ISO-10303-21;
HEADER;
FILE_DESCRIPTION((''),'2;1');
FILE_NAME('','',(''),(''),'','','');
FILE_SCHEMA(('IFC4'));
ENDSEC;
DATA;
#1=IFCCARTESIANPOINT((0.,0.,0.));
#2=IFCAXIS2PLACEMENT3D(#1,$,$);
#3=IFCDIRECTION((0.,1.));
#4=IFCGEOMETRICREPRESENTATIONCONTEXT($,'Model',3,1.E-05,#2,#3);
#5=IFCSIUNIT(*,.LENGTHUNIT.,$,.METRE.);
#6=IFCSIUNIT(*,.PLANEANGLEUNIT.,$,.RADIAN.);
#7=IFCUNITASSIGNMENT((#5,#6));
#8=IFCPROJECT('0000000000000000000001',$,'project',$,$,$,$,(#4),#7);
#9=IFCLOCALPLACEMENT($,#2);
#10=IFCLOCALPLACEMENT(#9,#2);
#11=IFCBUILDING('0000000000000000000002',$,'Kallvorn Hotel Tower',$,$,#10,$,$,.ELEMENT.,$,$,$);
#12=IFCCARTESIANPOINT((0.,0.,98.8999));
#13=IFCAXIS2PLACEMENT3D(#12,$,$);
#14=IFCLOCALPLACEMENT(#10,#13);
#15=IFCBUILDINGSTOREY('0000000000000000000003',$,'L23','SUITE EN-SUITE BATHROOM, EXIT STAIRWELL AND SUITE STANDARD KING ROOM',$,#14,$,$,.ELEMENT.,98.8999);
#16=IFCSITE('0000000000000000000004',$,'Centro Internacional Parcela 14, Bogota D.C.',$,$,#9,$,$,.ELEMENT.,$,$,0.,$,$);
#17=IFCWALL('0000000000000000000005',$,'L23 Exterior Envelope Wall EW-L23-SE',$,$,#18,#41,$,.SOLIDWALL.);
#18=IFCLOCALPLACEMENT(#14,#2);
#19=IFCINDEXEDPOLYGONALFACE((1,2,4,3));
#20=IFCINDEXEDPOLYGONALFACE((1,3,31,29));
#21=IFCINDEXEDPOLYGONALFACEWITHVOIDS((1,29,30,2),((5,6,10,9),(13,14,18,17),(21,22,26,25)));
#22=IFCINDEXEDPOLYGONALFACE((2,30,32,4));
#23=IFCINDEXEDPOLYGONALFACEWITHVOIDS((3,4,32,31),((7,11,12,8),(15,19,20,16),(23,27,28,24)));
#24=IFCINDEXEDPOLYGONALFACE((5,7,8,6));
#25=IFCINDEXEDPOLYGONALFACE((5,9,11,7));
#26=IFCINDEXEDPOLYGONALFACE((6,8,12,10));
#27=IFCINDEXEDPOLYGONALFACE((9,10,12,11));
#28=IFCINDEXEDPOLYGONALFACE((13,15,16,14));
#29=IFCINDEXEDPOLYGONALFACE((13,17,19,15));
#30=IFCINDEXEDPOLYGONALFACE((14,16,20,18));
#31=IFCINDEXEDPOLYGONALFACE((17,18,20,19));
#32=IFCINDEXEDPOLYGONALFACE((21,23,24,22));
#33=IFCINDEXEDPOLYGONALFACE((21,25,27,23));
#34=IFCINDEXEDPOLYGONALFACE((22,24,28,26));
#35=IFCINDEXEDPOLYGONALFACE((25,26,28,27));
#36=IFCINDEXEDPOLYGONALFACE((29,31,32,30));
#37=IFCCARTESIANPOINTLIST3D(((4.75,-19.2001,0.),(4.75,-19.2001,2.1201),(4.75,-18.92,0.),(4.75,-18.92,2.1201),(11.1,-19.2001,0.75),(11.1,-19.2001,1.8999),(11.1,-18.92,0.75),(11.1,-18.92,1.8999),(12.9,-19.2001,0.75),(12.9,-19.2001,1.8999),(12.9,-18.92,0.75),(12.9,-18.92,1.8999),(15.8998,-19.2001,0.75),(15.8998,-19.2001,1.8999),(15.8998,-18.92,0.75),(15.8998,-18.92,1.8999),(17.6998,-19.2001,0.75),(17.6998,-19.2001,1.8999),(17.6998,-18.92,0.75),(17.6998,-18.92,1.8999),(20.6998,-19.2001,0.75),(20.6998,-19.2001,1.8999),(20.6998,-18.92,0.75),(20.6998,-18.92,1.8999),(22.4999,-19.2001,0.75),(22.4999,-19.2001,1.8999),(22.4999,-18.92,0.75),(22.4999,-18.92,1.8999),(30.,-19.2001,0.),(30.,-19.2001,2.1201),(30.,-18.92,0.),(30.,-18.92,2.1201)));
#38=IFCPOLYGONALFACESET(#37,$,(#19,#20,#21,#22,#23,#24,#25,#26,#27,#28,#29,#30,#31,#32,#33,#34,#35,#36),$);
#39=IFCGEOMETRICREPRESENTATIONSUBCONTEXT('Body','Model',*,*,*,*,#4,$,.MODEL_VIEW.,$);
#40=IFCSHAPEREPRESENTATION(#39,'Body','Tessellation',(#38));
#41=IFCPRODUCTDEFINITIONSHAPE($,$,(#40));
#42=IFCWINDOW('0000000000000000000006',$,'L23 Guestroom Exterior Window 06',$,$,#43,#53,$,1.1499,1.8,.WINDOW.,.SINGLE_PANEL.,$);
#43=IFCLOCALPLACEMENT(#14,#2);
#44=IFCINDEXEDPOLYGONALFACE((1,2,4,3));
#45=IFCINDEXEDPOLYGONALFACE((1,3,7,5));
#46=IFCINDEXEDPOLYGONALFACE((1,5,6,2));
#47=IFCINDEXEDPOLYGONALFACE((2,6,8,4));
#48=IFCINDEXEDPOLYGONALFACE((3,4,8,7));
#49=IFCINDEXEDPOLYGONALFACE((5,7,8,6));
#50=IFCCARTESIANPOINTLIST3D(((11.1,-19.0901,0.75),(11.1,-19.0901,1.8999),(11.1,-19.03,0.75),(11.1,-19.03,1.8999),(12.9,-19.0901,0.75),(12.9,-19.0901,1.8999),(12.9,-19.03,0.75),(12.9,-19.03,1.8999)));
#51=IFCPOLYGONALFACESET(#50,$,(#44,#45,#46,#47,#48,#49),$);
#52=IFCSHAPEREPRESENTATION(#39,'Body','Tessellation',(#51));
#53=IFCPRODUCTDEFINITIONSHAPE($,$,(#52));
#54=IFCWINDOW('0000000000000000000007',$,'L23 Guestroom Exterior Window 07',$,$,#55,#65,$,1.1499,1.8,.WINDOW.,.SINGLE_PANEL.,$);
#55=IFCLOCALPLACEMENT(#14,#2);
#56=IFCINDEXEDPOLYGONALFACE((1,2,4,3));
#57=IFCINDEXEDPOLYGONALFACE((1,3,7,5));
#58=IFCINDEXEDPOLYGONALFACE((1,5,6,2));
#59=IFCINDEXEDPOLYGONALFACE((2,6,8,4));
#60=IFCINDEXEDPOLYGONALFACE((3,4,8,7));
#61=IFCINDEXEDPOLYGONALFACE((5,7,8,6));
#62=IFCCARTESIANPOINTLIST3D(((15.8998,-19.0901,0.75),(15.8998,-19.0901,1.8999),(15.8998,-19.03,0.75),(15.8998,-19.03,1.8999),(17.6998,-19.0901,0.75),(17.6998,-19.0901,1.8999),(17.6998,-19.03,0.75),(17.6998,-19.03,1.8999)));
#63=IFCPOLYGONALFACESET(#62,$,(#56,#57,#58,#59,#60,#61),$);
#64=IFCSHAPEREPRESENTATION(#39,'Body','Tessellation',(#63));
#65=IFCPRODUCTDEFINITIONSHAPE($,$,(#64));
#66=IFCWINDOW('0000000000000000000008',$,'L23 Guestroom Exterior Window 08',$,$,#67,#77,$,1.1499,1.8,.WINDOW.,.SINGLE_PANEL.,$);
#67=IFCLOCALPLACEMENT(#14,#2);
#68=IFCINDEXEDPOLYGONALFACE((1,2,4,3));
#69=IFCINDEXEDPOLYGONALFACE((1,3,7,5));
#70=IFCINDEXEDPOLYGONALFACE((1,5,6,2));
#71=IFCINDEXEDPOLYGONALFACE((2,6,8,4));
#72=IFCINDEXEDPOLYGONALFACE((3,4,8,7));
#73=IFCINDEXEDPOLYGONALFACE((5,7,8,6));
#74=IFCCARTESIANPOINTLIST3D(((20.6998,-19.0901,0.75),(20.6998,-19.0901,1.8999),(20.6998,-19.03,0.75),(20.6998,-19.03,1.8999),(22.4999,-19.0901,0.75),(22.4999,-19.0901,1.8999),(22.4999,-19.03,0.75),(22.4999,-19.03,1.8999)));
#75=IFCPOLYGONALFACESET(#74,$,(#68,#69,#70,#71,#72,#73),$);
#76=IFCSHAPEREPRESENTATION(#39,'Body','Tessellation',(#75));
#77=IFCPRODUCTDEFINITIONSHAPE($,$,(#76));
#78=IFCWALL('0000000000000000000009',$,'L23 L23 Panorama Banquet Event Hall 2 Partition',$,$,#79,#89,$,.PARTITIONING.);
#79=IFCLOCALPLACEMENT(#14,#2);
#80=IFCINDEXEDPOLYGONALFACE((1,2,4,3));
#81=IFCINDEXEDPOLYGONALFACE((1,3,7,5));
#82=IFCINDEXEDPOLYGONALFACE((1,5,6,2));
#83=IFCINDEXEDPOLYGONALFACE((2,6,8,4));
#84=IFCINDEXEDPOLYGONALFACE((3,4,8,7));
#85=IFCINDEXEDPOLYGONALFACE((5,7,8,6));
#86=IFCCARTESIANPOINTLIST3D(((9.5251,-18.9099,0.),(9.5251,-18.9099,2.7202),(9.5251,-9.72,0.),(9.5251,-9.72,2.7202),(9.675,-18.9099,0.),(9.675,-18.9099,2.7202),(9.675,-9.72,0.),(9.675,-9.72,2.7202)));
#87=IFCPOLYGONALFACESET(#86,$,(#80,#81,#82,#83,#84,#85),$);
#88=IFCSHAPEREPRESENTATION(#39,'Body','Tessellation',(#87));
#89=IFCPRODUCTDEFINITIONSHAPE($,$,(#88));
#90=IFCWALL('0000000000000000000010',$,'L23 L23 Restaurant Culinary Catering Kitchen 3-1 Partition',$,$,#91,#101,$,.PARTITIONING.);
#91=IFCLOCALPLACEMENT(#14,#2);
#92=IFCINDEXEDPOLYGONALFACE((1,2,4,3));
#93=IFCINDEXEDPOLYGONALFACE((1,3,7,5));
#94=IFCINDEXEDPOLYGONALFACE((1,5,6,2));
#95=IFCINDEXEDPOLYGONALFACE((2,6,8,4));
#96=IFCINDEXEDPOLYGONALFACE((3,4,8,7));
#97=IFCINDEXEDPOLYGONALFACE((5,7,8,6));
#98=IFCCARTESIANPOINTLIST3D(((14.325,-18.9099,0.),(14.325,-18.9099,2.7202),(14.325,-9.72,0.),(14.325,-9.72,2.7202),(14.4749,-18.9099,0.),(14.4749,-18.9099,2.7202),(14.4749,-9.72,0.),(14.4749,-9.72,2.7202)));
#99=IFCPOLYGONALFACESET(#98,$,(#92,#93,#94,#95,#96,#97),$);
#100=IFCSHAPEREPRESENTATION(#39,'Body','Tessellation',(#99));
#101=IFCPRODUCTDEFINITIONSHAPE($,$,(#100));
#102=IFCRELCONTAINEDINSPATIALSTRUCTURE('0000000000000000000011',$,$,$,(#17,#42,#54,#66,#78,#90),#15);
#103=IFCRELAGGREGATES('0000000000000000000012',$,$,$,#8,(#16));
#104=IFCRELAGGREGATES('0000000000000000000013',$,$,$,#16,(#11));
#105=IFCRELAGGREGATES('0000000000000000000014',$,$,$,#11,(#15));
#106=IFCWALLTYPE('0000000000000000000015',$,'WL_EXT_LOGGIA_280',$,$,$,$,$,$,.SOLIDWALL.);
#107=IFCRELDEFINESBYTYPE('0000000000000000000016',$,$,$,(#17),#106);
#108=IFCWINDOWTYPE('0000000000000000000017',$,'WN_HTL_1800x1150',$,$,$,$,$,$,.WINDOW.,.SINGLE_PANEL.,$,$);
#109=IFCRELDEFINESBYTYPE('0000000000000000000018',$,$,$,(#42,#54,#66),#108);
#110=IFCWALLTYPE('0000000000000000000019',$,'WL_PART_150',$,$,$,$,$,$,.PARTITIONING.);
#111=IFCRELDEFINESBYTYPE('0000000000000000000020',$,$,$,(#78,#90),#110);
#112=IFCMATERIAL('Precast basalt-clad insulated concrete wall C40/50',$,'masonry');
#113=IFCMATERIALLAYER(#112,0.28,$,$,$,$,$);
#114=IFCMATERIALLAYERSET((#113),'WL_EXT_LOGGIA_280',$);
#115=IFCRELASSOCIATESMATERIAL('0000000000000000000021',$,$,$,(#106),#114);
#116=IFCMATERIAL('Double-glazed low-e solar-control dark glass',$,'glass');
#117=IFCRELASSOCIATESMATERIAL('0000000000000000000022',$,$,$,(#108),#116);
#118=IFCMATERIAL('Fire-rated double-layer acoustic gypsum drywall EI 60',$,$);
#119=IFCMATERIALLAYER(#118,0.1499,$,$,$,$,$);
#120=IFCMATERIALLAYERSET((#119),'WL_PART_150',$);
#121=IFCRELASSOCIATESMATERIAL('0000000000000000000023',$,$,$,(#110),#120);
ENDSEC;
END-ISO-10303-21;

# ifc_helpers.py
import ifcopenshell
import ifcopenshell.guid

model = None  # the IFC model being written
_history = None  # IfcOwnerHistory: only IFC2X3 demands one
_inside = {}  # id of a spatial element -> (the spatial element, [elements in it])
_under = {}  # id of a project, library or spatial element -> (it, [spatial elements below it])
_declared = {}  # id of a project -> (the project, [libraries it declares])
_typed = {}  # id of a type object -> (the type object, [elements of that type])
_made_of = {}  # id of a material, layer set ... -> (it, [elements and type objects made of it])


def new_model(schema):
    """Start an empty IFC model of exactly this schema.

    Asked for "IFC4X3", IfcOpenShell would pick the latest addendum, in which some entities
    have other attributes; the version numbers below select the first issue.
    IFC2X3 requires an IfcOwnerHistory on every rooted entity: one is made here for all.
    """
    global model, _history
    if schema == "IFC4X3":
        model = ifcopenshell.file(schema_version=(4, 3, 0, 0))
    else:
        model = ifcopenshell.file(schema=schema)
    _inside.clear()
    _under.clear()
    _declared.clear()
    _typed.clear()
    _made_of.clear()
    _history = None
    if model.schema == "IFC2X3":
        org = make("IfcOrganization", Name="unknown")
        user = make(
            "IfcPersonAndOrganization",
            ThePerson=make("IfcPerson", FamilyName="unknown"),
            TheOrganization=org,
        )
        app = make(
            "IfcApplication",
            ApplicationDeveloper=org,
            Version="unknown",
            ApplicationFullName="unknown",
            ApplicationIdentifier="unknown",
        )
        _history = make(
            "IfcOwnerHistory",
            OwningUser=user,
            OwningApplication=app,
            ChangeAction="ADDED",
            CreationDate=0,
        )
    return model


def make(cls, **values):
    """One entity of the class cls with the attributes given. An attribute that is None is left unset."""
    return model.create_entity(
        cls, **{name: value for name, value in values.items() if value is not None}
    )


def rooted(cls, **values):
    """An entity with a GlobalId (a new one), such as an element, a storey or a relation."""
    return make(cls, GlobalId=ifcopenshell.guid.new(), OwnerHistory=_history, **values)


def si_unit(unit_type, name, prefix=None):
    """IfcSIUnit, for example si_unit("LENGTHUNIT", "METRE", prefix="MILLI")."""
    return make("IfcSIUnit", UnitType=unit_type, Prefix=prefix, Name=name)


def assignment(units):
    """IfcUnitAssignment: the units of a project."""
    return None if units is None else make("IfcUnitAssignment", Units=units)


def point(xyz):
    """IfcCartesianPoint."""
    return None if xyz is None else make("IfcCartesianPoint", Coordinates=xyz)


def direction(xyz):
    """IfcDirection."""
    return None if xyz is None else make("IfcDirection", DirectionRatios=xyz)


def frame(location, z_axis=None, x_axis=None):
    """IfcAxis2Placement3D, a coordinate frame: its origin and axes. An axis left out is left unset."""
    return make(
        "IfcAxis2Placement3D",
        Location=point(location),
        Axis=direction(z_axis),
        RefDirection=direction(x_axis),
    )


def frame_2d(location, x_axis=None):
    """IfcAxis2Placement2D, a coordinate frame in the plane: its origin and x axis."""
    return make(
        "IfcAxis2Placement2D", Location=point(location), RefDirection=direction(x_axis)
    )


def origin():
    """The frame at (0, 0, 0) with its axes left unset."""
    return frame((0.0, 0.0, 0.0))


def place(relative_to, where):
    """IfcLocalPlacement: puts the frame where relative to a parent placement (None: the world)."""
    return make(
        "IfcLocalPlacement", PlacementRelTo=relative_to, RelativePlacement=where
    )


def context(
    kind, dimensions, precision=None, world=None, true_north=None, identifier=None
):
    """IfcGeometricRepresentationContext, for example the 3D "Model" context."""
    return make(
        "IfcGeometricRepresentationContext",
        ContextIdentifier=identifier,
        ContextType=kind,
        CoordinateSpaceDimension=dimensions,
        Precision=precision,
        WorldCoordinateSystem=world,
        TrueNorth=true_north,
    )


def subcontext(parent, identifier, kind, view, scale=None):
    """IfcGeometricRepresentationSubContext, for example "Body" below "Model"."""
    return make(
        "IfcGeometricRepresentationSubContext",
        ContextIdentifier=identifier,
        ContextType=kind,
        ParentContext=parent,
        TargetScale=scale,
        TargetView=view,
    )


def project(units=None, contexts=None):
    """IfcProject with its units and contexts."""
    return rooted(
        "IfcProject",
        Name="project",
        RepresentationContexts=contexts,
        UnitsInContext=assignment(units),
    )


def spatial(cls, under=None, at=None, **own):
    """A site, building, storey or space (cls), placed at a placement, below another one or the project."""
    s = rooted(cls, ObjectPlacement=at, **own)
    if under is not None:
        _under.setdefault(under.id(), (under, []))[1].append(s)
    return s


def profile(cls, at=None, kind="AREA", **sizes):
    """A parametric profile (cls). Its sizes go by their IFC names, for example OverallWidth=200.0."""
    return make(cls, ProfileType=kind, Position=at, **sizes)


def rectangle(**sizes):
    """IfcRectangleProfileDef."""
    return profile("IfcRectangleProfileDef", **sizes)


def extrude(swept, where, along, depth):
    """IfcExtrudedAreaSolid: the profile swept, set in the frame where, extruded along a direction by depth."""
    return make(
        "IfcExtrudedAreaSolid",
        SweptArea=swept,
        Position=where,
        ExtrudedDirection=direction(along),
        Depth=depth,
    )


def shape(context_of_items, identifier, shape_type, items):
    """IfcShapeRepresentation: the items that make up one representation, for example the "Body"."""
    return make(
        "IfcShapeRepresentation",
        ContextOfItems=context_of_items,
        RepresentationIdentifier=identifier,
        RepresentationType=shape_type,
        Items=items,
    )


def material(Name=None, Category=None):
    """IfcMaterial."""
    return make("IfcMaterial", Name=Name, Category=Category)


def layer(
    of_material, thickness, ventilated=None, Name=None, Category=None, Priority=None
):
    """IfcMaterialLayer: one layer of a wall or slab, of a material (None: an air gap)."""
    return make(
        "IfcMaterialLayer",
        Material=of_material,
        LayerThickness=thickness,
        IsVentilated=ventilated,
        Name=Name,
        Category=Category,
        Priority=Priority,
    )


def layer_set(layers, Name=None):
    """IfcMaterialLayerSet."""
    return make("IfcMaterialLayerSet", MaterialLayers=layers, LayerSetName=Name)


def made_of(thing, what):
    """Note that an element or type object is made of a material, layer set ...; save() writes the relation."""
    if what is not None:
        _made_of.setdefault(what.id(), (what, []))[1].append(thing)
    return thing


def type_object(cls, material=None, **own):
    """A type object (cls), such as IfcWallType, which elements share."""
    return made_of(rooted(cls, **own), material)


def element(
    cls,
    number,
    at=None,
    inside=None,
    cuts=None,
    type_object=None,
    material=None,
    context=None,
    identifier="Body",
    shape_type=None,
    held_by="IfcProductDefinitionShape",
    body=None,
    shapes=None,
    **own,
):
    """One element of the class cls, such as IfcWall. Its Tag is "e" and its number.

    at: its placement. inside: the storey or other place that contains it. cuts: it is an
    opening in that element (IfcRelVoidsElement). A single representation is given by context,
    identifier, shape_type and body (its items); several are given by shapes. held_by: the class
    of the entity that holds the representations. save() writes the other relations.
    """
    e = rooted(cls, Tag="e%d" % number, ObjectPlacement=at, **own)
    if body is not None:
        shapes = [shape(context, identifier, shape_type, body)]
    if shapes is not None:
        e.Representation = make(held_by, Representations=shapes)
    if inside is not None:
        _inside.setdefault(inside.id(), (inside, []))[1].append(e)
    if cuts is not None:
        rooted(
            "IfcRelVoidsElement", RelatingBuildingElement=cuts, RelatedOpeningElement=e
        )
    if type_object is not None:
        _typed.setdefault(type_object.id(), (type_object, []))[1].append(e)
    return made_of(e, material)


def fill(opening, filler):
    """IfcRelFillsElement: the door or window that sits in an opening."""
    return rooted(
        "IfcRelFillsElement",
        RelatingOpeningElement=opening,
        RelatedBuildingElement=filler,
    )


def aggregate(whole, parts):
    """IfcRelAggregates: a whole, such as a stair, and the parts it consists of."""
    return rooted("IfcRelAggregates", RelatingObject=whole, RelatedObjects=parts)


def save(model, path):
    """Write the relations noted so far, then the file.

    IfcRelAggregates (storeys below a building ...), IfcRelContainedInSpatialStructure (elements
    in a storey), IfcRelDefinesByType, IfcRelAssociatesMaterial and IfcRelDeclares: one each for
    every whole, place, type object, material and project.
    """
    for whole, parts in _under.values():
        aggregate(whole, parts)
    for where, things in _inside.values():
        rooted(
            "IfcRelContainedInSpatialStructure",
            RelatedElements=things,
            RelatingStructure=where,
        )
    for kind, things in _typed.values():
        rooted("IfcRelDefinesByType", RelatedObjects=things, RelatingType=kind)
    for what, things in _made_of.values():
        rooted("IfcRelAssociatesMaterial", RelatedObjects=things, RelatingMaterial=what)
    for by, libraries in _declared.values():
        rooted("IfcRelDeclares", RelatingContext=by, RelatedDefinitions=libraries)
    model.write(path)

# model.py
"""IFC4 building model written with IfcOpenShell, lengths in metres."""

from ifc_helpers import new_model, si_unit, direction, frame, frame_2d, origin, place, context, subcontext, project, spatial, rectangle, extrude, material, layer, layer_set, type_object, element, fill, save


model = new_model("IFC4")

# Units and contexts
model_context = context("Model", 3, precision=1e-05, world=origin(), true_north=direction((0.0, 1.0)))
body_context = subcontext(model_context, "Body", "Model", "MODEL_VIEW")
ifc_project = project(units=[si_unit("LENGTHUNIT", "METRE"), si_unit("PLANEANGLEUNIT", "RADIAN")], contexts=[model_context])

# Site, building, storey
site_placement = place(None, origin())
site = spatial("IfcSite", under=ifc_project, at=site_placement, Name="Centro Internacional Parcela 14, Bogota D.C.", CompositionType="ELEMENT", RefElevation=0.0)
building_placement = place(site_placement, origin())
building = spatial("IfcBuilding", under=site, at=building_placement, Name="Kallvorn Hotel Tower", CompositionType="ELEMENT")
storey_placement = place(building_placement, frame((0.0, 0.0, 98.8999)))
storey = spatial("IfcBuildingStorey", under=building, at=storey_placement, Name="L23", Description="SUITE EN-SUITE BATHROOM, EXIT STAIRWELL AND SUITE STANDARD KING ROOM", CompositionType="ELEMENT", Elevation=98.8999)

# Wall, openings, windows
ifc_material_1 = material(Name="Precast basalt-clad insulated concrete wall C40/50", Category="masonry")
ifc_layer_1 = layer(ifc_material_1, 0.28)
ifc_layer_set_1 = layer_set([ifc_layer_1], Name="WL_EXT_LOGGIA_280")
wall_type_1 = type_object("IfcWallType", Name="WL_EXT_LOGGIA_280", PredefinedType="SOLIDWALL", material=ifc_layer_set_1)
wall_1_placement = place(storey_placement, frame((4.75, -19.0601, 0.0), z_axis=(0.0, 0.0, 1.0), x_axis=(1.0, 0.0, 0.0)))
wall_1 = element("IfcWall", 1, at=wall_1_placement, inside=storey, type_object=wall_type_1, Name="L23 Exterior Envelope Wall EW-L23-SE", PredefinedType="SOLIDWALL", context=body_context, shape_type="SweptSolid", body=[
    extrude(rectangle(XDim=25.25, YDim=0.28, at=frame_2d((12.625, 0.0))), origin(), (0.0, 0.0, 1.0), 2.1201),
])
opening_1_placement = place(wall_1_placement, frame((6.3501, 0.0, 0.75)))
opening_1 = element("IfcOpeningElement", 2, at=opening_1_placement, cuts=wall_1, PredefinedType="OPENING", context=body_context, shape_type="SweptSolid", body=[
    extrude(rectangle(XDim=1.8, YDim=1.1499, at=frame_2d((0.8999, 0.575))), frame((0.0, 0.155, 0.0), z_axis=(0.0, -1.0, 0.0), x_axis=(1.0, 0.0, 0.0)), (0.0, 0.0, 1.0), 0.3101),
])
opening_2_placement = place(wall_1_placement, frame((11.1499, 0.0, 0.75)))
opening_2 = element("IfcOpeningElement", 3, at=opening_2_placement, cuts=wall_1, PredefinedType="OPENING", context=body_context, shape_type="SweptSolid", body=[
    extrude(rectangle(XDim=1.8, YDim=1.1499, at=frame_2d((0.8999, 0.575))), frame((0.0, 0.155, 0.0), z_axis=(0.0, -1.0, 0.0), x_axis=(1.0, 0.0, 0.0)), (0.0, 0.0, 1.0), 0.3101),
])
opening_3_placement = place(wall_1_placement, frame((15.95, 0.0, 0.75)))
opening_3 = element("IfcOpeningElement", 4, at=opening_3_placement, cuts=wall_1, PredefinedType="OPENING", context=body_context, shape_type="SweptSolid", body=[
    extrude(rectangle(XDim=1.8, YDim=1.1499, at=frame_2d((0.8999, 0.575))), frame((0.0, 0.155, 0.0), z_axis=(0.0, -1.0, 0.0), x_axis=(1.0, 0.0, 0.0)), (0.0, 0.0, 1.0), 0.3101),
])
ifc_material_2 = material(Name="Double-glazed low-e solar-control dark glass", Category="glass")
window_type = type_object("IfcWindowType", Name="WN_HTL_1800x1150", PartitioningType="SINGLE_PANEL", PredefinedType="WINDOW", material=ifc_material_2)
window_1_placement = place(opening_1_placement, origin())
window_1 = element("IfcWindow", 5, at=window_1_placement, inside=storey, type_object=window_type, Name="L23 Guestroom Exterior Window 06", OverallHeight=1.1499, OverallWidth=1.8, PartitioningType="SINGLE_PANEL", PredefinedType="WINDOW", context=body_context, shape_type="SweptSolid", body=[
    extrude(rectangle(XDim=1.8, YDim=1.1499, at=frame_2d((0.8999, 0.575))), frame((0.0, 0.03, 0.0), z_axis=(0.0, -1.0, 0.0), x_axis=(1.0, 0.0, 0.0)), (0.0, 0.0, 1.0), 0.0601),
])
fill(opening_1, window_1)
window_2_placement = place(opening_2_placement, origin())
window_2 = element("IfcWindow", 6, at=window_2_placement, inside=storey, type_object=window_type, Name="L23 Guestroom Exterior Window 07", OverallHeight=1.1499, OverallWidth=1.8, PartitioningType="SINGLE_PANEL", PredefinedType="WINDOW", context=body_context, shape_type="SweptSolid", body=[
    extrude(rectangle(XDim=1.8, YDim=1.1499, at=frame_2d((0.8999, 0.575))), frame((0.0, 0.03, 0.0), z_axis=(0.0, -1.0, 0.0), x_axis=(1.0, 0.0, 0.0)), (0.0, 0.0, 1.0), 0.0601),
])
fill(opening_2, window_2)
window_3_placement = place(opening_3_placement, origin())
window_3 = element("IfcWindow", 7, at=window_3_placement, inside=storey, type_object=window_type, Name="L23 Guestroom Exterior Window 08", OverallHeight=1.1499, OverallWidth=1.8, PartitioningType="SINGLE_PANEL", PredefinedType="WINDOW", context=body_context, shape_type="SweptSolid", body=[
    extrude(rectangle(XDim=1.8, YDim=1.1499, at=frame_2d((0.8999, 0.575))), frame((0.0, 0.03, 0.0), z_axis=(0.0, -1.0, 0.0), x_axis=(1.0, 0.0, 0.0)), (0.0, 0.0, 1.0), 0.0601),
])
fill(opening_3, window_3)

# Walls
ifc_material_3 = material(Name="Fire-rated double-layer acoustic gypsum drywall EI 60")
ifc_layer_2 = layer(ifc_material_3, 0.1499)
ifc_layer_set_2 = layer_set([ifc_layer_2], Name="WL_PART_150")
wall_type_2 = type_object("IfcWallType", Name="WL_PART_150", PredefinedType="PARTITIONING", material=ifc_layer_set_2)
for number, where, z_axis, x_axis, name in (
    (8, (9.6001, -18.9099, 0.0), (0.0, 0.0, 1.0), (0.0, 1.0, 0.0), "L23 L23 Panorama Banquet Event Hall 2 Partition"),
    (9, (14.3999, -18.9099, 0.0), (0.0, 0.0, 1.0), (0.0, 1.0, 0.0), "L23 L23 Restaurant Culinary Catering Kitchen 3-1 Partition"),
):
    element("IfcWall", number, at=place(storey_placement, frame(where, z_axis=z_axis, x_axis=x_axis)), inside=storey, type_object=wall_type_2, Name=name, PredefinedType="PARTITIONING", context=body_context, shape_type="SweptSolid", body=[
        extrude(rectangle(XDim=9.1899, YDim=0.1499, at=frame_2d((4.595, 0.0))), origin(), (0.0, 0.0, 1.0), 2.7202),
    ])

save(model, "model.ifc")
